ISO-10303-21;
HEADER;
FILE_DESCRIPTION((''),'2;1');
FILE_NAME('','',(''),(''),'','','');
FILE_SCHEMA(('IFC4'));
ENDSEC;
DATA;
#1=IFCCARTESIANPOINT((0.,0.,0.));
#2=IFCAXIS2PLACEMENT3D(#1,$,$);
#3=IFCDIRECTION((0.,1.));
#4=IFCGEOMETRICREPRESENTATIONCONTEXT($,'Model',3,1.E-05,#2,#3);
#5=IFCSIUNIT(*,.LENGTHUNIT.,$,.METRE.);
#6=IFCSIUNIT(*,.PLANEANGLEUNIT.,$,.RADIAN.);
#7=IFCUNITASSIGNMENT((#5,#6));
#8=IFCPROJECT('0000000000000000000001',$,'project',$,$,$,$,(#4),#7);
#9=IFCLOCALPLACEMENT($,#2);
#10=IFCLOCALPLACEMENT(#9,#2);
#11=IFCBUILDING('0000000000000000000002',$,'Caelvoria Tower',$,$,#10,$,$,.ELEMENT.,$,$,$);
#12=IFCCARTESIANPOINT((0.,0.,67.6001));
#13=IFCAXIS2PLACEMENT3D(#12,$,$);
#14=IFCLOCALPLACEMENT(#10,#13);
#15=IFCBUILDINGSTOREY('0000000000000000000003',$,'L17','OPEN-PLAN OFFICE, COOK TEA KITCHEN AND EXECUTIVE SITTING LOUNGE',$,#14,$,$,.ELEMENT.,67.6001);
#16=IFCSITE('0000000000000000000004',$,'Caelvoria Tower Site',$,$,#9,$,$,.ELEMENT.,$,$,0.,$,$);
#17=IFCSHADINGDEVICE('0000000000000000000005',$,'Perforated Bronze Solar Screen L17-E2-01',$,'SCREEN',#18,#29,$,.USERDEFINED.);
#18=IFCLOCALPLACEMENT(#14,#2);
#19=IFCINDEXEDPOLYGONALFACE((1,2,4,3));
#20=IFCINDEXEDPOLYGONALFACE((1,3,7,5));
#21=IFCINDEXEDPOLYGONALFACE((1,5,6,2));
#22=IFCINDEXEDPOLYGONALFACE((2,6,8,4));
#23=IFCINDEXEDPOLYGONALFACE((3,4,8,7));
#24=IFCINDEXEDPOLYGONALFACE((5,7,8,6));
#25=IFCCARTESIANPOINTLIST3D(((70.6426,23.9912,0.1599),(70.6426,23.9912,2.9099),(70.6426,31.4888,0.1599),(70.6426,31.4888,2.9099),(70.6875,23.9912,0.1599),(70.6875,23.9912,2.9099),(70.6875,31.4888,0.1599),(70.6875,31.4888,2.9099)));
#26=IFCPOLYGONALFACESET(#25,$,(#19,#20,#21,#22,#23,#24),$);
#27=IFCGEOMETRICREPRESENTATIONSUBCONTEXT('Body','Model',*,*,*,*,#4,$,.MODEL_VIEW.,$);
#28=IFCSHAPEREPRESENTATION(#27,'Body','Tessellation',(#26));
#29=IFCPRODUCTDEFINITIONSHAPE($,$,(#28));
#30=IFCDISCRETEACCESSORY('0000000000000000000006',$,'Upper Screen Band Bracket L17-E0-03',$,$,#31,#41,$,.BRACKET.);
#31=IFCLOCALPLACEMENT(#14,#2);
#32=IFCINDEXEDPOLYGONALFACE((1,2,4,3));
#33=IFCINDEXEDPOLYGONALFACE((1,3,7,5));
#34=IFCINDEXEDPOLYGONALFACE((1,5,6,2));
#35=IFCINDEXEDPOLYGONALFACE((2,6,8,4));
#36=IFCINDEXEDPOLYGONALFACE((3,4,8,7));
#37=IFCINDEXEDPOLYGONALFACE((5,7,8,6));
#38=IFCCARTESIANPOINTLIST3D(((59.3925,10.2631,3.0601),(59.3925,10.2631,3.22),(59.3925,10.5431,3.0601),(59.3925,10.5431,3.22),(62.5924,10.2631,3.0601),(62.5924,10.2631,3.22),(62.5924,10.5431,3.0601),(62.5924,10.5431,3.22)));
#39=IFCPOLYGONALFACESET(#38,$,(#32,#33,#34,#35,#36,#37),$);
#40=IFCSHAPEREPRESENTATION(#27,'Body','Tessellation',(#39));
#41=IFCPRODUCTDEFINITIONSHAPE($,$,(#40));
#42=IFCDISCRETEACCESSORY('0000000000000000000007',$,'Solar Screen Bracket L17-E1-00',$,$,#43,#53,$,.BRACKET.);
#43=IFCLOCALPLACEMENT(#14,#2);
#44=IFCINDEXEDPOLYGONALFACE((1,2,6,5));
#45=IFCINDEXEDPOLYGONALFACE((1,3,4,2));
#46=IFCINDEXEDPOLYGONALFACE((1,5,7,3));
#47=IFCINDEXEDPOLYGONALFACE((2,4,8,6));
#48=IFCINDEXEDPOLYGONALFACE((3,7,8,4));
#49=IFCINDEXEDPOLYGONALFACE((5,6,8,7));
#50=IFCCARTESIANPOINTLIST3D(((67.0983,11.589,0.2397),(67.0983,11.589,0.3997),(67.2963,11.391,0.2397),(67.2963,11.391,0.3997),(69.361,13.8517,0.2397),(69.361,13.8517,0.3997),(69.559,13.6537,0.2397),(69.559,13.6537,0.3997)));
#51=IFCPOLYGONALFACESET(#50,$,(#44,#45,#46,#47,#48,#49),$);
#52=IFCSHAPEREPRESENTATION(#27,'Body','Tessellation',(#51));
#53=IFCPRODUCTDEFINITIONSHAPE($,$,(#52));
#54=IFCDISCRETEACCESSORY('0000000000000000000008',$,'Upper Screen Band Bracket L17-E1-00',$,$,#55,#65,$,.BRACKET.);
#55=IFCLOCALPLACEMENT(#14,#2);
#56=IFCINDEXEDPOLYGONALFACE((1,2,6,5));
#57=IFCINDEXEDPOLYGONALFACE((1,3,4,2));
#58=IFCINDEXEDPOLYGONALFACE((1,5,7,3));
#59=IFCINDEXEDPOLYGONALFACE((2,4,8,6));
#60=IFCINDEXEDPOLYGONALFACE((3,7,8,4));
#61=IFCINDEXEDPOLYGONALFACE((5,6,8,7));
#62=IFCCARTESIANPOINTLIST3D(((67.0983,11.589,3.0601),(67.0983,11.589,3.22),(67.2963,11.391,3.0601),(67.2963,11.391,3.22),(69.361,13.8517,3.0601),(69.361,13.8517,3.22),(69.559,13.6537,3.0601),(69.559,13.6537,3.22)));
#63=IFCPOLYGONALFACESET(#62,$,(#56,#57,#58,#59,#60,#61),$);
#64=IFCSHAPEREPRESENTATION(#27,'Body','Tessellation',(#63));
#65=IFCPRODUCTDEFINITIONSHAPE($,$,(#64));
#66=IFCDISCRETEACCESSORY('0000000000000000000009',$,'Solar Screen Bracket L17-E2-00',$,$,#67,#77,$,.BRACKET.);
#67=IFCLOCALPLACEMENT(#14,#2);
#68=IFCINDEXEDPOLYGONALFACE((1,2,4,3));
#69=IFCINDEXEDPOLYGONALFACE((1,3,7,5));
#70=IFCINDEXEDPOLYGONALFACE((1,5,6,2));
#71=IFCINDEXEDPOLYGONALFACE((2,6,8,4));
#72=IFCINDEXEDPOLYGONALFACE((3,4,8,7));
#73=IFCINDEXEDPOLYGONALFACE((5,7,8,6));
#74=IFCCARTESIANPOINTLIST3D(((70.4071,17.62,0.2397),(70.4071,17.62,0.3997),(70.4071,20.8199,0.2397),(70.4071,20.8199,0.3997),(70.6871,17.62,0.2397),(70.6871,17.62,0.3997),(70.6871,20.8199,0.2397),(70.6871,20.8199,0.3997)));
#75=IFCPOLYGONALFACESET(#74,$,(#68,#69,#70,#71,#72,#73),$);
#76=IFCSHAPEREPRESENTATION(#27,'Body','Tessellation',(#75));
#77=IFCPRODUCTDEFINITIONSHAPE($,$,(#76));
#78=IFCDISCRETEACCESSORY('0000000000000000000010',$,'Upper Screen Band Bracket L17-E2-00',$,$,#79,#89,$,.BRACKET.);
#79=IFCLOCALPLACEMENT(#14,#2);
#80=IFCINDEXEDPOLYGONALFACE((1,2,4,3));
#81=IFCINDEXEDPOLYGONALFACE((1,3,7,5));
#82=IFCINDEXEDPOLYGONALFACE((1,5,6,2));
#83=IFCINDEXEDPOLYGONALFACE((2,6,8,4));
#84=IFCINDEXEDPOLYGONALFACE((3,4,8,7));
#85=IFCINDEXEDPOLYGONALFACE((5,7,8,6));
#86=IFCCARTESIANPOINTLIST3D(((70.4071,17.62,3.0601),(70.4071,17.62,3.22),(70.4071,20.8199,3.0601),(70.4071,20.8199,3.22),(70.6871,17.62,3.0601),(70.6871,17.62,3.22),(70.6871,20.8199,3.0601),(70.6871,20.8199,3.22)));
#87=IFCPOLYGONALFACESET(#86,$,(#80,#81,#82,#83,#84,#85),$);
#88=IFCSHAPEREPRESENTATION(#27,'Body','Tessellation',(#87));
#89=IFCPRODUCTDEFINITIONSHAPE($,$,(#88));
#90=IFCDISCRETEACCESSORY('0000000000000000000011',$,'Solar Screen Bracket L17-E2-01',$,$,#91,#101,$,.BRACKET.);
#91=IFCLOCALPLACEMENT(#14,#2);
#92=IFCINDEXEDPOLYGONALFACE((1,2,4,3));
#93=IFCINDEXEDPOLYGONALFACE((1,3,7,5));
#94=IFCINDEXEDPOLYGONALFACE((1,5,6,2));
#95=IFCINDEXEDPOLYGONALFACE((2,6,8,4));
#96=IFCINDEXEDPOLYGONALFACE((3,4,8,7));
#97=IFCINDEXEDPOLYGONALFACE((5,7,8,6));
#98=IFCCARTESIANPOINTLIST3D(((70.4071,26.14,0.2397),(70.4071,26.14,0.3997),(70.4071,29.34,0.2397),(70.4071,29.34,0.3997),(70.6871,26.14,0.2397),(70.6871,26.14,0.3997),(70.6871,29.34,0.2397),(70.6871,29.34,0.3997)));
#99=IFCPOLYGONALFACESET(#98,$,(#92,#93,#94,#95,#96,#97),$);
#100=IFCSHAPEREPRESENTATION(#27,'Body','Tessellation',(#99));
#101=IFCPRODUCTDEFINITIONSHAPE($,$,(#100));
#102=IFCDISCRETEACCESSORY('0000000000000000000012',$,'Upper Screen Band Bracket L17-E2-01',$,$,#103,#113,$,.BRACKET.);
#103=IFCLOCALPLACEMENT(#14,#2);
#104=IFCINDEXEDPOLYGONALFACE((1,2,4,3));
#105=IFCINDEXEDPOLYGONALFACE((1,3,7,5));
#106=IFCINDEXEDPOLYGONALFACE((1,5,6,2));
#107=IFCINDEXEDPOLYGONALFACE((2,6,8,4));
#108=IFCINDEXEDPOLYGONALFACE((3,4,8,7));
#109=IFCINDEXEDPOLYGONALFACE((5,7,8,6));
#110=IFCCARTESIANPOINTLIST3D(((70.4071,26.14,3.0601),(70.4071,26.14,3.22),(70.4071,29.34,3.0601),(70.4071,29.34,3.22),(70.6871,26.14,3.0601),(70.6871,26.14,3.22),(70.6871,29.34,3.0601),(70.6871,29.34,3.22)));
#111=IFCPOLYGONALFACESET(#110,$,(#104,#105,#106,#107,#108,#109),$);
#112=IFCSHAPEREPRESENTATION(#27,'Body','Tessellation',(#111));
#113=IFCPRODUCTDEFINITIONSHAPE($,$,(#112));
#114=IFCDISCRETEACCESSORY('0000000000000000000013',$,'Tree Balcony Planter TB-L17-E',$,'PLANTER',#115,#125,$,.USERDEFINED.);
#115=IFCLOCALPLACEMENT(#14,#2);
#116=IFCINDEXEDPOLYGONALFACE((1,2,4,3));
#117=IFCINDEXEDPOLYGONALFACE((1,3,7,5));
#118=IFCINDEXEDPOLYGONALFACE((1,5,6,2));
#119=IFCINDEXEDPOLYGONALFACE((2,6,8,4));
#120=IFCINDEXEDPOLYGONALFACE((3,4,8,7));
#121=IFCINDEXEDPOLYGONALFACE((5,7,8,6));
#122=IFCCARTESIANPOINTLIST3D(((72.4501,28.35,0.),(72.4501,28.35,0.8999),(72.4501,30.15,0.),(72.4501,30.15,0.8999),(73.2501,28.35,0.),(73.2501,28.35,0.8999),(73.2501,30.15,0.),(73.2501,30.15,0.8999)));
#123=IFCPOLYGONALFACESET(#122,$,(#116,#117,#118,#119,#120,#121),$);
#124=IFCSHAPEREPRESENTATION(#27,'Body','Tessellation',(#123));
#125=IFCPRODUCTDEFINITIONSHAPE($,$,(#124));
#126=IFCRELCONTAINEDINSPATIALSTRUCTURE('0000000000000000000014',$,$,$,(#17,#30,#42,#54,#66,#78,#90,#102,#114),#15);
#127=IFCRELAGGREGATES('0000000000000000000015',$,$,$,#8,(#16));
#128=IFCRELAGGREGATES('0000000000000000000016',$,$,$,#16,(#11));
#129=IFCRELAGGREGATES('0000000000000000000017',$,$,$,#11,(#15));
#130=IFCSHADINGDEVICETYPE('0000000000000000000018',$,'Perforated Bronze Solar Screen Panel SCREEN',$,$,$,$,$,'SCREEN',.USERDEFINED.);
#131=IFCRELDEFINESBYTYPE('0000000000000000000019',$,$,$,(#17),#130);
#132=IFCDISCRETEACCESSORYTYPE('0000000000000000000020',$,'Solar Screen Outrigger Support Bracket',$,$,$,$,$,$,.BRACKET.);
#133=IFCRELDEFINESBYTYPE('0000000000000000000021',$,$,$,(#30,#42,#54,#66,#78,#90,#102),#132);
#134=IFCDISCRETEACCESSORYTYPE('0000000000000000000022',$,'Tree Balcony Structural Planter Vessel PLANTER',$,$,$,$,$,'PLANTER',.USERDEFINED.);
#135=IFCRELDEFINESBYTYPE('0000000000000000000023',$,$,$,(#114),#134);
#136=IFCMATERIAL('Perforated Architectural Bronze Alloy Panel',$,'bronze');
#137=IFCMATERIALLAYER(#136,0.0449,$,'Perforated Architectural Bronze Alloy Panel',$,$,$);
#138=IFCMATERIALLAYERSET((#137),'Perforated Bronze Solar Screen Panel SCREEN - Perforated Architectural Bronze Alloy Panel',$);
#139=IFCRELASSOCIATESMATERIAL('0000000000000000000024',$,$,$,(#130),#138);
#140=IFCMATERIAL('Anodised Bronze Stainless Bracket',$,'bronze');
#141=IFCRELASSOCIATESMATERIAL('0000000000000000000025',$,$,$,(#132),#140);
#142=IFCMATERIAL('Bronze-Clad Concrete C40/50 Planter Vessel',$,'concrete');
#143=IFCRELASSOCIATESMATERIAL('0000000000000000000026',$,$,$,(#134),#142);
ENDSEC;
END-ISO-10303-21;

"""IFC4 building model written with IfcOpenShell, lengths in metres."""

from ifc_helpers import new_model, si_unit, direction, frame, origin, origin_2d, place, context, subcontext, project, spatial, rectangle, extrude, material, layer, layer_set, type_object, element, save


model = new_model("IFC4")

# Units and contexts
model_context = context("Model", 3, precision=1e-05, world=origin(), true_north=direction((0.0, 1.0)))
body_context = subcontext(model_context, "Body", "Model", "MODEL_VIEW")
ifc_project = project(units=[si_unit("LENGTHUNIT", "METRE"), si_unit("PLANEANGLEUNIT", "RADIAN")], contexts=[model_context])

# Site, building, storey
site_placement = place(None, origin())
site = spatial("IfcSite", under=ifc_project, at=site_placement, Name="Caelvoria Tower Site", CompositionType="ELEMENT", RefElevation=0.0)
building_placement = place(site_placement, origin())
building = spatial("IfcBuilding", under=site, at=building_placement, Name="Caelvoria Tower", CompositionType="ELEMENT")
storey_placement = place(building_placement, frame((0.0, 0.0, 67.6001)))
storey = spatial("IfcBuildingStorey", under=building, at=storey_placement, Name="L17", Description="OPEN-PLAN OFFICE, COOK TEA KITCHEN AND EXECUTIVE SITTING LOUNGE", CompositionType="ELEMENT", Elevation=67.6001)

# Shading device
ifc_material_1 = material(Name="Perforated Architectural Bronze Alloy Panel", Category="bronze")
ifc_layer_1 = layer(ifc_material_1, 0.0449, Name="Perforated Architectural Bronze Alloy Panel")
ifc_layer_set_1 = layer_set([ifc_layer_1], Name="Perforated Bronze Solar Screen Panel SCREEN - Perforated Architectural Bronze Alloy Panel")
shading_device_type = type_object("IfcShadingDeviceType", Name="Perforated Bronze Solar Screen Panel SCREEN", ElementType="SCREEN", PredefinedType="USERDEFINED", material=ifc_layer_set_1)
for number, where, z_axis, x_axis, name in (
    (1, (70.665, 27.74, 0.1599), (0.0, 0.0, 1.0), (0.0, 1.0, 0.0), "Perforated Bronze Solar Screen L17-E2-01"),
):
    element("IfcShadingDevice", number, at=place(storey_placement, frame(where, z_axis=z_axis, x_axis=x_axis)), inside=storey, type_object=shading_device_type, Name=name, ObjectType="SCREEN", PredefinedType="USERDEFINED", context=body_context, shape_type="SweptSolid", body=[
        extrude(rectangle(XDim=7.4976, YDim=0.0449, at=origin_2d()), origin(), (0.0, 0.0, 1.0), 2.75),
    ])

# Discrete accessories
ifc_material_2 = material(Name="Anodised Bronze Stainless Bracket", Category="bronze")
discrete_accessory_type_1 = type_object("IfcDiscreteAccessoryType", Name="Solar Screen Outrigger Support Bracket", PredefinedType="BRACKET", material=ifc_material_2)
for number, where, z_axis, x_axis, name in (
    (2, (60.9924, 10.4031, 3.0601), (0.0, 0.0, 1.0), (1.0, 0.0, 0.0), "Upper Screen Band Bracket L17-E0-03"),
    (3, (68.3286, 12.6213, 0.2397), (0.0, 0.0, 1.0), (0.707107, 0.707107, 0.0), "Solar Screen Bracket L17-E1-00"),
    (4, (68.3286, 12.6213, 3.0601), (0.0, 0.0, 1.0), (0.707107, 0.707107, 0.0), "Upper Screen Band Bracket L17-E1-00"),
    (5, (70.5471, 19.22, 0.2397), (0.0, 0.0, 1.0), (0.0, 1.0, 0.0), "Solar Screen Bracket L17-E2-00"),
    (6, (70.5471, 19.22, 3.0601), (0.0, 0.0, 1.0), (0.0, 1.0, 0.0), "Upper Screen Band Bracket L17-E2-00"),
    (7, (70.5471, 27.74, 0.2397), (0.0, 0.0, 1.0), (0.0, 1.0, 0.0), "Solar Screen Bracket L17-E2-01"),
    (8, (70.5471, 27.74, 3.0601), (0.0, 0.0, 1.0), (0.0, 1.0, 0.0), "Upper Screen Band Bracket L17-E2-01"),
):
    element("IfcDiscreteAccessory", number, at=place(storey_placement, frame(where, z_axis=z_axis, x_axis=x_axis)), inside=storey, type_object=discrete_accessory_type_1, Name=name, PredefinedType="BRACKET", context=body_context, shape_type="SweptSolid", body=[
        extrude(rectangle(XDim=3.2, YDim=0.28, at=origin_2d()), origin(), (0.0, 0.0, 1.0), 0.1599),
    ])
ifc_material_3 = material(Name="Bronze-Clad Concrete C40/50 Planter Vessel", Category="concrete")
discrete_accessory_type_2 = type_object("IfcDiscreteAccessoryType", Name="Tree Balcony Structural Planter Vessel PLANTER", ElementType="PLANTER", PredefinedType="USERDEFINED", material=ifc_material_3)
discrete_accessory_placement = place(storey_placement, frame((72.8501, 29.25, 0.0), z_axis=(0.0, 0.0, 1.0), x_axis=(0.0, 1.0, 0.0)))
element("IfcDiscreteAccessory", 9, at=discrete_accessory_placement, inside=storey, type_object=discrete_accessory_type_2, Name="Tree Balcony Planter TB-L17-E", ObjectType="PLANTER", PredefinedType="USERDEFINED", context=body_context, shape_type="SweptSolid", body=[
    extrude(rectangle(XDim=1.8, YDim=0.8, at=origin_2d()), origin(), (0.0, 0.0, 1.0), 0.8999),
])

save(model, "model.ifc")
